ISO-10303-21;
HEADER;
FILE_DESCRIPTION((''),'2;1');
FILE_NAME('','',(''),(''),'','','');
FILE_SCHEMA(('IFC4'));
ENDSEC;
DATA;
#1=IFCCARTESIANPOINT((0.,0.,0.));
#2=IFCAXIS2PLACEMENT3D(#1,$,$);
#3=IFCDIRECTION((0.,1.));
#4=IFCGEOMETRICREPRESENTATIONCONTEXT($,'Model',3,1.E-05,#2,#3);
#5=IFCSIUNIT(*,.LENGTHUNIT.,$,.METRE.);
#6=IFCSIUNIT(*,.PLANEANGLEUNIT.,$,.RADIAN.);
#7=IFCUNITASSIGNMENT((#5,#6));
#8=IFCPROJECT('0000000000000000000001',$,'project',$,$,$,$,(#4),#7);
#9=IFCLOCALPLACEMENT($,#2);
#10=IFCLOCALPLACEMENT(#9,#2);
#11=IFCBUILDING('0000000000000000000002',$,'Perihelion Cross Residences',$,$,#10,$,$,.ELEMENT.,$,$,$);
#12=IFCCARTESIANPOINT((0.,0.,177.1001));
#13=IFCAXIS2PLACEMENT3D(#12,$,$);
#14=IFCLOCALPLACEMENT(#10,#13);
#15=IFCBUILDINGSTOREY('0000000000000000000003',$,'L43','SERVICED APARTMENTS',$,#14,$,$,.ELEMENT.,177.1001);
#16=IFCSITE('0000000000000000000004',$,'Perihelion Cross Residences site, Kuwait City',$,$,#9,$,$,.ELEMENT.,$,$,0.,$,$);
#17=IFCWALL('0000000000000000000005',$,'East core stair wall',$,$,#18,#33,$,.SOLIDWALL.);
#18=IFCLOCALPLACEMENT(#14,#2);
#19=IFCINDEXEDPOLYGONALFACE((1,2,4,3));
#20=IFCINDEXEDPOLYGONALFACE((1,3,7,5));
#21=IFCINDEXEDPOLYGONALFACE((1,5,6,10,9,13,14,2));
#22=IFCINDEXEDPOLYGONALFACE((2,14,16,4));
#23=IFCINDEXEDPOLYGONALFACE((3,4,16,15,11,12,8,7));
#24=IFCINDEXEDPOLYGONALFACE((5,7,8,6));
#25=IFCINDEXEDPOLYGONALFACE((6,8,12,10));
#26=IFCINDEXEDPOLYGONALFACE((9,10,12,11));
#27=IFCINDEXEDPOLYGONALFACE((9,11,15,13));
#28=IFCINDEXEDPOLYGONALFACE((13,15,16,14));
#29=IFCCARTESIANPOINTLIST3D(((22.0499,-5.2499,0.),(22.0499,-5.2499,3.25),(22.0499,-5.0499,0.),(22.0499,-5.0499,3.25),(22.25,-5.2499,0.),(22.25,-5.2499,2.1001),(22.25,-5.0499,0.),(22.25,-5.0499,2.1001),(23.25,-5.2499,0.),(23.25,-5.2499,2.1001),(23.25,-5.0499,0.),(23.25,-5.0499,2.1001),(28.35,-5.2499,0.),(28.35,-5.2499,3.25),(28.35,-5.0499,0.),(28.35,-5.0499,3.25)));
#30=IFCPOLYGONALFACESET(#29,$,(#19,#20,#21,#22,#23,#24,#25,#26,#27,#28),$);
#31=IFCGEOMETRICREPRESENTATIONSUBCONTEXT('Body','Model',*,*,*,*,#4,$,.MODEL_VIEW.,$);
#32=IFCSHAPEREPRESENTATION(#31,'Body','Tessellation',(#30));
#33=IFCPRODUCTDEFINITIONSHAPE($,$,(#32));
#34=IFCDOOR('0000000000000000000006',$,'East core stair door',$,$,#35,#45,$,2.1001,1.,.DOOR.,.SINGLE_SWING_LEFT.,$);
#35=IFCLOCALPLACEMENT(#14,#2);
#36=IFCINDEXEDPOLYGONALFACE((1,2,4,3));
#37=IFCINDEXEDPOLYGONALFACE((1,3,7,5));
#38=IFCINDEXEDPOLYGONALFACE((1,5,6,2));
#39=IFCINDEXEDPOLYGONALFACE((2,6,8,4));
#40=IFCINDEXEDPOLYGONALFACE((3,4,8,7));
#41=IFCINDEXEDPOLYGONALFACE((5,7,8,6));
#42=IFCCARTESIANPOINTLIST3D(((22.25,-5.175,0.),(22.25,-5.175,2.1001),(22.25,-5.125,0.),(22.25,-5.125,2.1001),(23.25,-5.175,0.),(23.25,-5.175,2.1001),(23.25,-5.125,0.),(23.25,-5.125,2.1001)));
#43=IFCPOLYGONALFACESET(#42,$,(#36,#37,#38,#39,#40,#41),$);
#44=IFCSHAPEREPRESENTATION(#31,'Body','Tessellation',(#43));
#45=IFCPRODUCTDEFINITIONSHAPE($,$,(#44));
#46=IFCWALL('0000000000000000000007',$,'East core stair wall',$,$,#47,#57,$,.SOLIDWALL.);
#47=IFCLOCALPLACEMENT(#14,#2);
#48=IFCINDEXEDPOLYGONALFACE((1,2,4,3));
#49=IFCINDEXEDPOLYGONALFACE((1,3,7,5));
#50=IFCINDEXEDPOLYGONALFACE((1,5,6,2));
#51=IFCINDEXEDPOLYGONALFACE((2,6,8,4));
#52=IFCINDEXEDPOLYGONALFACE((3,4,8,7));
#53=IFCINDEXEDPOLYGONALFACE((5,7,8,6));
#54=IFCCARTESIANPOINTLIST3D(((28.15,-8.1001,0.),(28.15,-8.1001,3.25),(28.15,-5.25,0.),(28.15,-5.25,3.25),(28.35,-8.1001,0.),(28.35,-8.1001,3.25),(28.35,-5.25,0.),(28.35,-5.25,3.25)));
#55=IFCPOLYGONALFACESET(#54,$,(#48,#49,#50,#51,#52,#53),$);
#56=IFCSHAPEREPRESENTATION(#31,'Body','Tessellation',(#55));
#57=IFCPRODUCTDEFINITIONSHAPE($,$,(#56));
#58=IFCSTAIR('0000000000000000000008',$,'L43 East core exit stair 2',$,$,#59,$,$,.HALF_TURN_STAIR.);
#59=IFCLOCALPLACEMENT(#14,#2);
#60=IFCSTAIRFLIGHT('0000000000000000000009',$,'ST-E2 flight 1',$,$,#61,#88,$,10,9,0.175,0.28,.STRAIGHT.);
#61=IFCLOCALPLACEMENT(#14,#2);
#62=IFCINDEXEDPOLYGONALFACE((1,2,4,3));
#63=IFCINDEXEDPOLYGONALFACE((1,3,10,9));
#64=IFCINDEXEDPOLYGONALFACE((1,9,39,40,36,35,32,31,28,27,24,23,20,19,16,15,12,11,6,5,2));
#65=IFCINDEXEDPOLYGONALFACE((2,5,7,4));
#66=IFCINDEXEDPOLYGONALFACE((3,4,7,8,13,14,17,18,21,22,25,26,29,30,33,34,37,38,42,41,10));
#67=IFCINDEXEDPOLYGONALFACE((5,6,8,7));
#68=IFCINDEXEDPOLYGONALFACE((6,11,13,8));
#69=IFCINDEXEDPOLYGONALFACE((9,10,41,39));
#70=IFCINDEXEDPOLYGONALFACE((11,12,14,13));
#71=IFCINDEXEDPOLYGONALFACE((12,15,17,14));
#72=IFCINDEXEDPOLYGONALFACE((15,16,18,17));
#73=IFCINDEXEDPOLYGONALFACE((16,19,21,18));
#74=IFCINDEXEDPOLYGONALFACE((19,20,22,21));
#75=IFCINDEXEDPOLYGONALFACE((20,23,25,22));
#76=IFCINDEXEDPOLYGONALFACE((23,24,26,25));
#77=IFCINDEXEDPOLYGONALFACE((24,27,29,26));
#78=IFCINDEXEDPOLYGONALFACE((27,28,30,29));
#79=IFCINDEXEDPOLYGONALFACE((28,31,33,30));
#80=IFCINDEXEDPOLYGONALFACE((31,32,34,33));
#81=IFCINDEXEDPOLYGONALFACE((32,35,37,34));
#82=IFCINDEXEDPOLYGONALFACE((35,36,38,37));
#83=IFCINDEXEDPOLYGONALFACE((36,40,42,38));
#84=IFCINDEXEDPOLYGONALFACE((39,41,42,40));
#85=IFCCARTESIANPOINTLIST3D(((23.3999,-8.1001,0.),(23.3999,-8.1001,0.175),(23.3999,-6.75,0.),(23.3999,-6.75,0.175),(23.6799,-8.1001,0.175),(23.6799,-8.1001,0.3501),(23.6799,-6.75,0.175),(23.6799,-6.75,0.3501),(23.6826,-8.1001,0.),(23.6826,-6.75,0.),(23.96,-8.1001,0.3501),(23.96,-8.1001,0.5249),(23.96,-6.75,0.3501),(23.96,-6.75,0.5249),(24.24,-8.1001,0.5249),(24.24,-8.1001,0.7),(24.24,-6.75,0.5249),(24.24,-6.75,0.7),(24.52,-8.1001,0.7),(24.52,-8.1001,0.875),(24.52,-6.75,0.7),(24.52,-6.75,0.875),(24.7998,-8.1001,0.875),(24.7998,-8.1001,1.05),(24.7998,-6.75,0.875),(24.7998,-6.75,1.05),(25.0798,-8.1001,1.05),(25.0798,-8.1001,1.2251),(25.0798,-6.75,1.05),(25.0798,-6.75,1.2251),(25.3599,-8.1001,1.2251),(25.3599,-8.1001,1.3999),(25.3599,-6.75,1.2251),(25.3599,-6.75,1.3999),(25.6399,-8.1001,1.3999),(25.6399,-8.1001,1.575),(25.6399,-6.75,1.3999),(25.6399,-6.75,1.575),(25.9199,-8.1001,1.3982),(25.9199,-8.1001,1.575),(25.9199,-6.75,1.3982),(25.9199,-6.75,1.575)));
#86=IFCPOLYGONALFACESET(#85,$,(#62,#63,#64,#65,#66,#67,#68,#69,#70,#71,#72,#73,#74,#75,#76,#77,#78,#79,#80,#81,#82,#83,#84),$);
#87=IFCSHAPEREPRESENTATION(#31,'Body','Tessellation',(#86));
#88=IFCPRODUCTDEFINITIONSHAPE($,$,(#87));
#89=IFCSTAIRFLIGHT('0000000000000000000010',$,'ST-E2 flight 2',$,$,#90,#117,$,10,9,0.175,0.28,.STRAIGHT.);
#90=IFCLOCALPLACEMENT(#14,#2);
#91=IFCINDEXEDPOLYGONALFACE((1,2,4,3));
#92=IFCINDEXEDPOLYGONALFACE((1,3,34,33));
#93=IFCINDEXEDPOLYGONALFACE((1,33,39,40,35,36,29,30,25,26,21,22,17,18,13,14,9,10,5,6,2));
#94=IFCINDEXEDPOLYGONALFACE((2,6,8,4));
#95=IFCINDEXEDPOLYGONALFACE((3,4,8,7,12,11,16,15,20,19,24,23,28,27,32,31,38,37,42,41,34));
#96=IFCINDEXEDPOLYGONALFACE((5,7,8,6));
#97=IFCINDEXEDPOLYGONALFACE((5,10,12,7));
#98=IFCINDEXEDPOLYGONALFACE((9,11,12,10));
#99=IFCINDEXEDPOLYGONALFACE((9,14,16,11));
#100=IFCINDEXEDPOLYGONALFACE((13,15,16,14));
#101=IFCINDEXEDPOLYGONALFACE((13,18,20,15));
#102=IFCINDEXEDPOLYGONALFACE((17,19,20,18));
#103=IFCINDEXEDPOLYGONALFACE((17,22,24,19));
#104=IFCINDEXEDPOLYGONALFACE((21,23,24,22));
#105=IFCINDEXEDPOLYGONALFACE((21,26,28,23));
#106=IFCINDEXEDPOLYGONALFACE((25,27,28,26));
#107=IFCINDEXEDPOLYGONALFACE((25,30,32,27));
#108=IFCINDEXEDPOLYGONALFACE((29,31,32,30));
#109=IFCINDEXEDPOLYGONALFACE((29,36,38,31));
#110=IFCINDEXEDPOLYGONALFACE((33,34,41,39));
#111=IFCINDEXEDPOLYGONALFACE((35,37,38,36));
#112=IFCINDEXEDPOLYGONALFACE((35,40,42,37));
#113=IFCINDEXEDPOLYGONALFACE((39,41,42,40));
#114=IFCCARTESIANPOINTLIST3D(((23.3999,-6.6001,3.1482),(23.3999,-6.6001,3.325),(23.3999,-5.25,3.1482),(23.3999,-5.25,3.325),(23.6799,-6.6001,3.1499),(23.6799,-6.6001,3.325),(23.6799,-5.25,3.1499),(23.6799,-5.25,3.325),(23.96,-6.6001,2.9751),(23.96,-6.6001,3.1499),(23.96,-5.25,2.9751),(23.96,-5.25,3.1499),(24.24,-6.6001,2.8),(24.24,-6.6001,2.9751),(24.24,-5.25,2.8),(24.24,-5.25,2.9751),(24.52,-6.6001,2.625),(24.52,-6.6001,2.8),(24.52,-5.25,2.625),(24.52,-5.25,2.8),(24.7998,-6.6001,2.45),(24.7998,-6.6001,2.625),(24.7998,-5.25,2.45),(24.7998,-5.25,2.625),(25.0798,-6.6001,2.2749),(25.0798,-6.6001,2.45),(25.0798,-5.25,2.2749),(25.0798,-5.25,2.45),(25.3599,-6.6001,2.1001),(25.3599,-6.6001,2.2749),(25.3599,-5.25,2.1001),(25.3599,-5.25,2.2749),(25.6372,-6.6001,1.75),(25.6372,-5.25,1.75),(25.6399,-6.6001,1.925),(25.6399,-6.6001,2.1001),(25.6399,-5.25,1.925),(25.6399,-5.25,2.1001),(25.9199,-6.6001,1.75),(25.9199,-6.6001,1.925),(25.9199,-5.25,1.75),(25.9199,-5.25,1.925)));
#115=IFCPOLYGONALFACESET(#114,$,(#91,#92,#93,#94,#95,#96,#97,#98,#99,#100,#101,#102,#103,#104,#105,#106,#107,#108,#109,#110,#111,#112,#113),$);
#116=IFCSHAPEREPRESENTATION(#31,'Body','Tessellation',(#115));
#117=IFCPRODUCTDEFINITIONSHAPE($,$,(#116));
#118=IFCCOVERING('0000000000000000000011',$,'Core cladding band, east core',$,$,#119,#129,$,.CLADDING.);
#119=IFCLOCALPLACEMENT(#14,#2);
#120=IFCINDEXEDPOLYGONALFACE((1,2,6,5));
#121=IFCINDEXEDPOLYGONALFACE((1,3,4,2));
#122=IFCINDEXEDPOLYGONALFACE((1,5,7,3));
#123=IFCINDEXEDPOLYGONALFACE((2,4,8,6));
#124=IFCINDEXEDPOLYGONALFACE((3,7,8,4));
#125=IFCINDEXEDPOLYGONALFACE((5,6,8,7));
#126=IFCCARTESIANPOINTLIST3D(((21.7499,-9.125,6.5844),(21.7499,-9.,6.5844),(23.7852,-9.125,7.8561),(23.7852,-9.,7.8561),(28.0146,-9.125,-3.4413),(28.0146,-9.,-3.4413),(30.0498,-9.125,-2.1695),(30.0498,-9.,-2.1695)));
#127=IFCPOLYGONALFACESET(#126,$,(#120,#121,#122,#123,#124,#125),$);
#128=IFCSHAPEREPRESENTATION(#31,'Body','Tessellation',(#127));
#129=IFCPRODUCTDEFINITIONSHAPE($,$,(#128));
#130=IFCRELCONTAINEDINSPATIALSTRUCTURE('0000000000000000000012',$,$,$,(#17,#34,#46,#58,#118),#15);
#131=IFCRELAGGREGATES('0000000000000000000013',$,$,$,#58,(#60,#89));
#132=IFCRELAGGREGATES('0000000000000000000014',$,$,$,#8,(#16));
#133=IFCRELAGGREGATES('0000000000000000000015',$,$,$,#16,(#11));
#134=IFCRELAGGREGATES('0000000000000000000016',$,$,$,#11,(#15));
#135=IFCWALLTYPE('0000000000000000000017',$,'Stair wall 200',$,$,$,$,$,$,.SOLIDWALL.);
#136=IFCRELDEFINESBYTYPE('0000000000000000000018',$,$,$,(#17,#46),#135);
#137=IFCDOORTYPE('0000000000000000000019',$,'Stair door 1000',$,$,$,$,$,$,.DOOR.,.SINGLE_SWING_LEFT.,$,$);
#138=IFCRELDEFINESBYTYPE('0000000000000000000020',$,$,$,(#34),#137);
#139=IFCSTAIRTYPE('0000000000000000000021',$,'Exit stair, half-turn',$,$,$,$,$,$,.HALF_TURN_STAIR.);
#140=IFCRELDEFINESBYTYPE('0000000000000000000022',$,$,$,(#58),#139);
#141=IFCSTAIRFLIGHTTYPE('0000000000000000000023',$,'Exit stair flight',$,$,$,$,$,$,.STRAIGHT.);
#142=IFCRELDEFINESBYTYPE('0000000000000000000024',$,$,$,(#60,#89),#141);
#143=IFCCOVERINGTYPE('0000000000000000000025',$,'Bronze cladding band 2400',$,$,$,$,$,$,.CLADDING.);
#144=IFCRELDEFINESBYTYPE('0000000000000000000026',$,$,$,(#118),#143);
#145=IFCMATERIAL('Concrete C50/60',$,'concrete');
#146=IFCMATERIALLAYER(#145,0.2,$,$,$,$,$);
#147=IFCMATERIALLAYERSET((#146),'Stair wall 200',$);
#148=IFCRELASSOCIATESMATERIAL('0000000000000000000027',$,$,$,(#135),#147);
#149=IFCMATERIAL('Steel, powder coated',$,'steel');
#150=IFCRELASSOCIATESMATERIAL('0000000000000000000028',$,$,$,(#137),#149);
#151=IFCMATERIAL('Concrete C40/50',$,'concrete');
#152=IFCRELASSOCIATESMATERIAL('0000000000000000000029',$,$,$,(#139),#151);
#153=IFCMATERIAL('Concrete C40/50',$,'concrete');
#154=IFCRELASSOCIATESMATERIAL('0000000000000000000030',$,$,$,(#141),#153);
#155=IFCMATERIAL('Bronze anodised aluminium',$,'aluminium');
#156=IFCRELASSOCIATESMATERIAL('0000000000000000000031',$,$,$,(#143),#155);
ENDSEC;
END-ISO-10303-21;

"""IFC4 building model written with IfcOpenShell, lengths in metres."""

from ifc_helpers import new_model, si_unit, direction, frame, frame_2d, origin, origin_2d, place, context, subcontext, project, spatial, polyline, rectangle, outline, extrude, material, layer, layer_set, material_profile, profile_set, type_object, element, fill, aggregate, save


model = new_model("IFC4")

# Units and contexts
model_context = context("Model", 3, precision=1e-05, world=origin(), true_north=direction((0.0, 1.0)))
body_context = subcontext(model_context, "Body", "Model", "MODEL_VIEW")
ifc_project = project(units=[si_unit("LENGTHUNIT", "METRE"), si_unit("PLANEANGLEUNIT", "RADIAN")], contexts=[model_context])

# Site, building, storey
site_placement = place(None, origin())
site = spatial("IfcSite", under=ifc_project, at=site_placement, Name="Perihelion Cross Residences site, Kuwait City", CompositionType="ELEMENT", RefElevation=0.0)
building_placement = place(site_placement, origin())
building = spatial("IfcBuilding", under=site, at=building_placement, Name="Perihelion Cross Residences", CompositionType="ELEMENT")
storey_placement = place(building_placement, frame((0.0, 0.0, 177.1001)))
storey = spatial("IfcBuildingStorey", under=building, at=storey_placement, Name="L43", Description="SERVICED APARTMENTS", CompositionType="ELEMENT", Elevation=177.1001)

# Wall, opening, door
ifc_material_1 = material(Name="Concrete C50/60", Category="concrete")
ifc_layer_1 = layer(ifc_material_1, 0.2)
ifc_layer_set_1 = layer_set([ifc_layer_1], Name="Stair wall 200")
wall_type_1 = type_object("IfcWallType", Name="Stair wall 200", PredefinedType="SOLIDWALL", material=ifc_layer_set_1)
wall_1_placement = place(storey_placement, frame((22.05, -5.1499, 0.0), z_axis=(0.0, 0.0, 1.0), x_axis=(1.0, 0.0, 0.0)))
wall_1 = element("IfcWall", 1, at=wall_1_placement, inside=storey, type_object=wall_type_1, Name="East core stair wall", PredefinedType="SOLIDWALL", context=body_context, shape_type="SweptSolid", body=[
    extrude(rectangle(XDim=6.3, YDim=0.2, at=frame_2d((3.1499, 0.0))), origin(), (0.0, 0.0, 1.0), 3.25),
])
opening_1_placement = place(wall_1_placement, frame((0.2, 0.0, 0.0)))
opening_1 = element("IfcOpeningElement", 2, at=opening_1_placement, cuts=wall_1, PredefinedType="OPENING", context=body_context, shape_type="SweptSolid", body=[
    extrude(rectangle(XDim=1.0, YDim=2.1001, at=frame_2d((0.5, 1.05))), frame((0.0, 0.1099, 0.0), z_axis=(0.0, -1.0, 0.0), x_axis=(1.0, 0.0, 0.0)), (0.0, 0.0, 1.0), 0.22),
])
ifc_material_2 = material(Name="Steel, powder coated", Category="steel")
door_type_1 = type_object("IfcDoorType", Name="Stair door 1000", OperationType="SINGLE_SWING_LEFT", PredefinedType="DOOR", material=ifc_material_2)
door_1_placement = place(opening_1_placement, origin())
door_1 = element("IfcDoor", 3, at=door_1_placement, inside=storey, type_object=door_type_1, Name="East core stair door", OperationType="SINGLE_SWING_LEFT", OverallHeight=2.1001, OverallWidth=1.0, PredefinedType="DOOR", context=body_context, shape_type="SweptSolid", body=[
    extrude(rectangle(XDim=1.0, YDim=2.1001, at=frame_2d((0.5, 1.05))), frame((0.0, 0.0249, 0.0), z_axis=(0.0, -1.0, 0.0), x_axis=(1.0, 0.0, 0.0)), (0.0, 0.0, 1.0), 0.05),
])
fill(opening_1, door_1)

# Wall
wall_2_placement = place(storey_placement, frame((28.25, -8.1001, 0.0), z_axis=(0.0, 0.0, 1.0), x_axis=(0.0, 1.0, 0.0)))
element("IfcWall", 4, at=wall_2_placement, inside=storey, type_object=wall_type_1, Name="East core stair wall", PredefinedType="SOLIDWALL", context=body_context, shape_type="SweptSolid", body=[
    extrude(rectangle(XDim=2.8501, YDim=0.2, at=frame_2d((1.425, 0.0))), origin(), (0.0, 0.0, 1.0), 3.25),
])

# Stair, stair flights
ifc_material_3 = material(Name="Concrete C40/50", Category="concrete")
stair_type = type_object("IfcStairType", Name="Exit stair, half-turn", PredefinedType="HALF_TURN_STAIR", material=ifc_material_3)
stair_placement = place(storey_placement, origin())
stair = element("IfcStair", 5, at=stair_placement, inside=storey, type_object=stair_type, Name="L43 East core exit stair 2", PredefinedType="HALF_TURN_STAIR")
ifc_material_4 = material(Name="Concrete C40/50", Category="concrete")
stair_flight_type = type_object("IfcStairFlightType", Name="Exit stair flight", PredefinedType="STRAIGHT", material=ifc_material_4)
stair_flight_1_placement = place(storey_placement, frame((23.3999, -7.425, 0.0), z_axis=(0.0, 0.0, 1.0), x_axis=(1.0, 0.0, 0.0)))
stair_flight_1 = element("IfcStairFlight", 6, at=stair_flight_1_placement, type_object=stair_flight_type, Name="ST-E2 flight 1", NumberOfRisers=10, NumberOfTreads=9, PredefinedType="STRAIGHT", RiserHeight=0.175, TreadLength=0.28, context=body_context, shape_type="SweptSolid", body=[
    extrude(outline(polyline([(0.0, 0.0), (0.0, 0.175), (0.28, 0.175), (0.28, 0.3501), (0.5601, 0.3501), (0.5601, 0.5249), (0.8401, 0.5249), (0.8401, 0.7), (1.1201, 0.7), (1.1201, 0.875), (1.3999, 0.875), (1.3999, 1.05), (1.6799, 1.05), (1.6799, 1.2251), (1.96, 1.2251), (1.96, 1.3999), (2.24, 1.3999), (2.24, 1.575), (2.52, 1.575), (2.52, 1.75), (2.52, 1.3982), (0.2827, 0.0), (0.0, 0.0)])), frame((0.0, 0.675, 0.0), z_axis=(0.0, -1.0, 0.0), x_axis=(1.0, 0.0, 0.0)), (0.0, 0.0, 1.0), 1.3501),
])
stair_flight_2_placement = place(storey_placement, frame((25.9199, -5.925, 1.75), z_axis=(0.0, 0.0, 1.0), x_axis=(-1.0, 0.0, 0.0)))
stair_flight_2 = element("IfcStairFlight", 7, at=stair_flight_2_placement, type_object=stair_flight_type, Name="ST-E2 flight 2", NumberOfRisers=10, NumberOfTreads=9, PredefinedType="STRAIGHT", RiserHeight=0.175, TreadLength=0.28, context=body_context, shape_type="SweptSolid", body=[
    extrude(outline(polyline([(0.0, 0.0), (0.0, 0.175), (0.28, 0.175), (0.28, 0.3501), (0.5601, 0.3501), (0.5601, 0.5249), (0.8401, 0.5249), (0.8401, 0.7), (1.1201, 0.7), (1.1201, 0.875), (1.3999, 0.875), (1.3999, 1.05), (1.6799, 1.05), (1.6799, 1.2251), (1.96, 1.2251), (1.96, 1.3999), (2.24, 1.3999), (2.24, 1.575), (2.52, 1.575), (2.52, 1.75), (2.52, 1.3982), (0.2827, 0.0), (0.0, 0.0)])), frame((0.0, 0.675, 0.0), z_axis=(0.0, -1.0, 0.0), x_axis=(1.0, 0.0, 0.0)), (0.0, 0.0, 1.0), 1.3501),
])
aggregate(stair, [stair_flight_1, stair_flight_2])

# Covering
ifc_material_5 = material(Name="Bronze anodised aluminium", Category="aluminium")
ifc_material_profile = material_profile(ifc_material_5, rectangle(XDim=0.125, YDim=2.3999, at=origin_2d()), Name="Bronze cladding band 2400")
ifc_profile_set = profile_set([ifc_material_profile], Name="Bronze anodised aluminium")
covering_type = type_object("IfcCoveringType", Name="Bronze cladding band 2400", PredefinedType="CLADDING", material=ifc_profile_set)
covering_placement = place(storey_placement, frame((29.0322, -9.0625, -2.8054), z_axis=(-0.529915, 0.0, 0.848051), x_axis=(0.0, -1.0, 0.0)))
element("IfcCovering", 8, at=covering_placement, inside=storey, type_object=covering_type, Name="Core cladding band, east core", PredefinedType="CLADDING", context=body_context, shape_type="SweptSolid", body=[
    extrude(rectangle(XDim=0.125, YDim=2.3999, at=origin_2d()), origin(), (0.0, 0.0, 1.0), 11.822),
])

save(model, "model.ifc")
